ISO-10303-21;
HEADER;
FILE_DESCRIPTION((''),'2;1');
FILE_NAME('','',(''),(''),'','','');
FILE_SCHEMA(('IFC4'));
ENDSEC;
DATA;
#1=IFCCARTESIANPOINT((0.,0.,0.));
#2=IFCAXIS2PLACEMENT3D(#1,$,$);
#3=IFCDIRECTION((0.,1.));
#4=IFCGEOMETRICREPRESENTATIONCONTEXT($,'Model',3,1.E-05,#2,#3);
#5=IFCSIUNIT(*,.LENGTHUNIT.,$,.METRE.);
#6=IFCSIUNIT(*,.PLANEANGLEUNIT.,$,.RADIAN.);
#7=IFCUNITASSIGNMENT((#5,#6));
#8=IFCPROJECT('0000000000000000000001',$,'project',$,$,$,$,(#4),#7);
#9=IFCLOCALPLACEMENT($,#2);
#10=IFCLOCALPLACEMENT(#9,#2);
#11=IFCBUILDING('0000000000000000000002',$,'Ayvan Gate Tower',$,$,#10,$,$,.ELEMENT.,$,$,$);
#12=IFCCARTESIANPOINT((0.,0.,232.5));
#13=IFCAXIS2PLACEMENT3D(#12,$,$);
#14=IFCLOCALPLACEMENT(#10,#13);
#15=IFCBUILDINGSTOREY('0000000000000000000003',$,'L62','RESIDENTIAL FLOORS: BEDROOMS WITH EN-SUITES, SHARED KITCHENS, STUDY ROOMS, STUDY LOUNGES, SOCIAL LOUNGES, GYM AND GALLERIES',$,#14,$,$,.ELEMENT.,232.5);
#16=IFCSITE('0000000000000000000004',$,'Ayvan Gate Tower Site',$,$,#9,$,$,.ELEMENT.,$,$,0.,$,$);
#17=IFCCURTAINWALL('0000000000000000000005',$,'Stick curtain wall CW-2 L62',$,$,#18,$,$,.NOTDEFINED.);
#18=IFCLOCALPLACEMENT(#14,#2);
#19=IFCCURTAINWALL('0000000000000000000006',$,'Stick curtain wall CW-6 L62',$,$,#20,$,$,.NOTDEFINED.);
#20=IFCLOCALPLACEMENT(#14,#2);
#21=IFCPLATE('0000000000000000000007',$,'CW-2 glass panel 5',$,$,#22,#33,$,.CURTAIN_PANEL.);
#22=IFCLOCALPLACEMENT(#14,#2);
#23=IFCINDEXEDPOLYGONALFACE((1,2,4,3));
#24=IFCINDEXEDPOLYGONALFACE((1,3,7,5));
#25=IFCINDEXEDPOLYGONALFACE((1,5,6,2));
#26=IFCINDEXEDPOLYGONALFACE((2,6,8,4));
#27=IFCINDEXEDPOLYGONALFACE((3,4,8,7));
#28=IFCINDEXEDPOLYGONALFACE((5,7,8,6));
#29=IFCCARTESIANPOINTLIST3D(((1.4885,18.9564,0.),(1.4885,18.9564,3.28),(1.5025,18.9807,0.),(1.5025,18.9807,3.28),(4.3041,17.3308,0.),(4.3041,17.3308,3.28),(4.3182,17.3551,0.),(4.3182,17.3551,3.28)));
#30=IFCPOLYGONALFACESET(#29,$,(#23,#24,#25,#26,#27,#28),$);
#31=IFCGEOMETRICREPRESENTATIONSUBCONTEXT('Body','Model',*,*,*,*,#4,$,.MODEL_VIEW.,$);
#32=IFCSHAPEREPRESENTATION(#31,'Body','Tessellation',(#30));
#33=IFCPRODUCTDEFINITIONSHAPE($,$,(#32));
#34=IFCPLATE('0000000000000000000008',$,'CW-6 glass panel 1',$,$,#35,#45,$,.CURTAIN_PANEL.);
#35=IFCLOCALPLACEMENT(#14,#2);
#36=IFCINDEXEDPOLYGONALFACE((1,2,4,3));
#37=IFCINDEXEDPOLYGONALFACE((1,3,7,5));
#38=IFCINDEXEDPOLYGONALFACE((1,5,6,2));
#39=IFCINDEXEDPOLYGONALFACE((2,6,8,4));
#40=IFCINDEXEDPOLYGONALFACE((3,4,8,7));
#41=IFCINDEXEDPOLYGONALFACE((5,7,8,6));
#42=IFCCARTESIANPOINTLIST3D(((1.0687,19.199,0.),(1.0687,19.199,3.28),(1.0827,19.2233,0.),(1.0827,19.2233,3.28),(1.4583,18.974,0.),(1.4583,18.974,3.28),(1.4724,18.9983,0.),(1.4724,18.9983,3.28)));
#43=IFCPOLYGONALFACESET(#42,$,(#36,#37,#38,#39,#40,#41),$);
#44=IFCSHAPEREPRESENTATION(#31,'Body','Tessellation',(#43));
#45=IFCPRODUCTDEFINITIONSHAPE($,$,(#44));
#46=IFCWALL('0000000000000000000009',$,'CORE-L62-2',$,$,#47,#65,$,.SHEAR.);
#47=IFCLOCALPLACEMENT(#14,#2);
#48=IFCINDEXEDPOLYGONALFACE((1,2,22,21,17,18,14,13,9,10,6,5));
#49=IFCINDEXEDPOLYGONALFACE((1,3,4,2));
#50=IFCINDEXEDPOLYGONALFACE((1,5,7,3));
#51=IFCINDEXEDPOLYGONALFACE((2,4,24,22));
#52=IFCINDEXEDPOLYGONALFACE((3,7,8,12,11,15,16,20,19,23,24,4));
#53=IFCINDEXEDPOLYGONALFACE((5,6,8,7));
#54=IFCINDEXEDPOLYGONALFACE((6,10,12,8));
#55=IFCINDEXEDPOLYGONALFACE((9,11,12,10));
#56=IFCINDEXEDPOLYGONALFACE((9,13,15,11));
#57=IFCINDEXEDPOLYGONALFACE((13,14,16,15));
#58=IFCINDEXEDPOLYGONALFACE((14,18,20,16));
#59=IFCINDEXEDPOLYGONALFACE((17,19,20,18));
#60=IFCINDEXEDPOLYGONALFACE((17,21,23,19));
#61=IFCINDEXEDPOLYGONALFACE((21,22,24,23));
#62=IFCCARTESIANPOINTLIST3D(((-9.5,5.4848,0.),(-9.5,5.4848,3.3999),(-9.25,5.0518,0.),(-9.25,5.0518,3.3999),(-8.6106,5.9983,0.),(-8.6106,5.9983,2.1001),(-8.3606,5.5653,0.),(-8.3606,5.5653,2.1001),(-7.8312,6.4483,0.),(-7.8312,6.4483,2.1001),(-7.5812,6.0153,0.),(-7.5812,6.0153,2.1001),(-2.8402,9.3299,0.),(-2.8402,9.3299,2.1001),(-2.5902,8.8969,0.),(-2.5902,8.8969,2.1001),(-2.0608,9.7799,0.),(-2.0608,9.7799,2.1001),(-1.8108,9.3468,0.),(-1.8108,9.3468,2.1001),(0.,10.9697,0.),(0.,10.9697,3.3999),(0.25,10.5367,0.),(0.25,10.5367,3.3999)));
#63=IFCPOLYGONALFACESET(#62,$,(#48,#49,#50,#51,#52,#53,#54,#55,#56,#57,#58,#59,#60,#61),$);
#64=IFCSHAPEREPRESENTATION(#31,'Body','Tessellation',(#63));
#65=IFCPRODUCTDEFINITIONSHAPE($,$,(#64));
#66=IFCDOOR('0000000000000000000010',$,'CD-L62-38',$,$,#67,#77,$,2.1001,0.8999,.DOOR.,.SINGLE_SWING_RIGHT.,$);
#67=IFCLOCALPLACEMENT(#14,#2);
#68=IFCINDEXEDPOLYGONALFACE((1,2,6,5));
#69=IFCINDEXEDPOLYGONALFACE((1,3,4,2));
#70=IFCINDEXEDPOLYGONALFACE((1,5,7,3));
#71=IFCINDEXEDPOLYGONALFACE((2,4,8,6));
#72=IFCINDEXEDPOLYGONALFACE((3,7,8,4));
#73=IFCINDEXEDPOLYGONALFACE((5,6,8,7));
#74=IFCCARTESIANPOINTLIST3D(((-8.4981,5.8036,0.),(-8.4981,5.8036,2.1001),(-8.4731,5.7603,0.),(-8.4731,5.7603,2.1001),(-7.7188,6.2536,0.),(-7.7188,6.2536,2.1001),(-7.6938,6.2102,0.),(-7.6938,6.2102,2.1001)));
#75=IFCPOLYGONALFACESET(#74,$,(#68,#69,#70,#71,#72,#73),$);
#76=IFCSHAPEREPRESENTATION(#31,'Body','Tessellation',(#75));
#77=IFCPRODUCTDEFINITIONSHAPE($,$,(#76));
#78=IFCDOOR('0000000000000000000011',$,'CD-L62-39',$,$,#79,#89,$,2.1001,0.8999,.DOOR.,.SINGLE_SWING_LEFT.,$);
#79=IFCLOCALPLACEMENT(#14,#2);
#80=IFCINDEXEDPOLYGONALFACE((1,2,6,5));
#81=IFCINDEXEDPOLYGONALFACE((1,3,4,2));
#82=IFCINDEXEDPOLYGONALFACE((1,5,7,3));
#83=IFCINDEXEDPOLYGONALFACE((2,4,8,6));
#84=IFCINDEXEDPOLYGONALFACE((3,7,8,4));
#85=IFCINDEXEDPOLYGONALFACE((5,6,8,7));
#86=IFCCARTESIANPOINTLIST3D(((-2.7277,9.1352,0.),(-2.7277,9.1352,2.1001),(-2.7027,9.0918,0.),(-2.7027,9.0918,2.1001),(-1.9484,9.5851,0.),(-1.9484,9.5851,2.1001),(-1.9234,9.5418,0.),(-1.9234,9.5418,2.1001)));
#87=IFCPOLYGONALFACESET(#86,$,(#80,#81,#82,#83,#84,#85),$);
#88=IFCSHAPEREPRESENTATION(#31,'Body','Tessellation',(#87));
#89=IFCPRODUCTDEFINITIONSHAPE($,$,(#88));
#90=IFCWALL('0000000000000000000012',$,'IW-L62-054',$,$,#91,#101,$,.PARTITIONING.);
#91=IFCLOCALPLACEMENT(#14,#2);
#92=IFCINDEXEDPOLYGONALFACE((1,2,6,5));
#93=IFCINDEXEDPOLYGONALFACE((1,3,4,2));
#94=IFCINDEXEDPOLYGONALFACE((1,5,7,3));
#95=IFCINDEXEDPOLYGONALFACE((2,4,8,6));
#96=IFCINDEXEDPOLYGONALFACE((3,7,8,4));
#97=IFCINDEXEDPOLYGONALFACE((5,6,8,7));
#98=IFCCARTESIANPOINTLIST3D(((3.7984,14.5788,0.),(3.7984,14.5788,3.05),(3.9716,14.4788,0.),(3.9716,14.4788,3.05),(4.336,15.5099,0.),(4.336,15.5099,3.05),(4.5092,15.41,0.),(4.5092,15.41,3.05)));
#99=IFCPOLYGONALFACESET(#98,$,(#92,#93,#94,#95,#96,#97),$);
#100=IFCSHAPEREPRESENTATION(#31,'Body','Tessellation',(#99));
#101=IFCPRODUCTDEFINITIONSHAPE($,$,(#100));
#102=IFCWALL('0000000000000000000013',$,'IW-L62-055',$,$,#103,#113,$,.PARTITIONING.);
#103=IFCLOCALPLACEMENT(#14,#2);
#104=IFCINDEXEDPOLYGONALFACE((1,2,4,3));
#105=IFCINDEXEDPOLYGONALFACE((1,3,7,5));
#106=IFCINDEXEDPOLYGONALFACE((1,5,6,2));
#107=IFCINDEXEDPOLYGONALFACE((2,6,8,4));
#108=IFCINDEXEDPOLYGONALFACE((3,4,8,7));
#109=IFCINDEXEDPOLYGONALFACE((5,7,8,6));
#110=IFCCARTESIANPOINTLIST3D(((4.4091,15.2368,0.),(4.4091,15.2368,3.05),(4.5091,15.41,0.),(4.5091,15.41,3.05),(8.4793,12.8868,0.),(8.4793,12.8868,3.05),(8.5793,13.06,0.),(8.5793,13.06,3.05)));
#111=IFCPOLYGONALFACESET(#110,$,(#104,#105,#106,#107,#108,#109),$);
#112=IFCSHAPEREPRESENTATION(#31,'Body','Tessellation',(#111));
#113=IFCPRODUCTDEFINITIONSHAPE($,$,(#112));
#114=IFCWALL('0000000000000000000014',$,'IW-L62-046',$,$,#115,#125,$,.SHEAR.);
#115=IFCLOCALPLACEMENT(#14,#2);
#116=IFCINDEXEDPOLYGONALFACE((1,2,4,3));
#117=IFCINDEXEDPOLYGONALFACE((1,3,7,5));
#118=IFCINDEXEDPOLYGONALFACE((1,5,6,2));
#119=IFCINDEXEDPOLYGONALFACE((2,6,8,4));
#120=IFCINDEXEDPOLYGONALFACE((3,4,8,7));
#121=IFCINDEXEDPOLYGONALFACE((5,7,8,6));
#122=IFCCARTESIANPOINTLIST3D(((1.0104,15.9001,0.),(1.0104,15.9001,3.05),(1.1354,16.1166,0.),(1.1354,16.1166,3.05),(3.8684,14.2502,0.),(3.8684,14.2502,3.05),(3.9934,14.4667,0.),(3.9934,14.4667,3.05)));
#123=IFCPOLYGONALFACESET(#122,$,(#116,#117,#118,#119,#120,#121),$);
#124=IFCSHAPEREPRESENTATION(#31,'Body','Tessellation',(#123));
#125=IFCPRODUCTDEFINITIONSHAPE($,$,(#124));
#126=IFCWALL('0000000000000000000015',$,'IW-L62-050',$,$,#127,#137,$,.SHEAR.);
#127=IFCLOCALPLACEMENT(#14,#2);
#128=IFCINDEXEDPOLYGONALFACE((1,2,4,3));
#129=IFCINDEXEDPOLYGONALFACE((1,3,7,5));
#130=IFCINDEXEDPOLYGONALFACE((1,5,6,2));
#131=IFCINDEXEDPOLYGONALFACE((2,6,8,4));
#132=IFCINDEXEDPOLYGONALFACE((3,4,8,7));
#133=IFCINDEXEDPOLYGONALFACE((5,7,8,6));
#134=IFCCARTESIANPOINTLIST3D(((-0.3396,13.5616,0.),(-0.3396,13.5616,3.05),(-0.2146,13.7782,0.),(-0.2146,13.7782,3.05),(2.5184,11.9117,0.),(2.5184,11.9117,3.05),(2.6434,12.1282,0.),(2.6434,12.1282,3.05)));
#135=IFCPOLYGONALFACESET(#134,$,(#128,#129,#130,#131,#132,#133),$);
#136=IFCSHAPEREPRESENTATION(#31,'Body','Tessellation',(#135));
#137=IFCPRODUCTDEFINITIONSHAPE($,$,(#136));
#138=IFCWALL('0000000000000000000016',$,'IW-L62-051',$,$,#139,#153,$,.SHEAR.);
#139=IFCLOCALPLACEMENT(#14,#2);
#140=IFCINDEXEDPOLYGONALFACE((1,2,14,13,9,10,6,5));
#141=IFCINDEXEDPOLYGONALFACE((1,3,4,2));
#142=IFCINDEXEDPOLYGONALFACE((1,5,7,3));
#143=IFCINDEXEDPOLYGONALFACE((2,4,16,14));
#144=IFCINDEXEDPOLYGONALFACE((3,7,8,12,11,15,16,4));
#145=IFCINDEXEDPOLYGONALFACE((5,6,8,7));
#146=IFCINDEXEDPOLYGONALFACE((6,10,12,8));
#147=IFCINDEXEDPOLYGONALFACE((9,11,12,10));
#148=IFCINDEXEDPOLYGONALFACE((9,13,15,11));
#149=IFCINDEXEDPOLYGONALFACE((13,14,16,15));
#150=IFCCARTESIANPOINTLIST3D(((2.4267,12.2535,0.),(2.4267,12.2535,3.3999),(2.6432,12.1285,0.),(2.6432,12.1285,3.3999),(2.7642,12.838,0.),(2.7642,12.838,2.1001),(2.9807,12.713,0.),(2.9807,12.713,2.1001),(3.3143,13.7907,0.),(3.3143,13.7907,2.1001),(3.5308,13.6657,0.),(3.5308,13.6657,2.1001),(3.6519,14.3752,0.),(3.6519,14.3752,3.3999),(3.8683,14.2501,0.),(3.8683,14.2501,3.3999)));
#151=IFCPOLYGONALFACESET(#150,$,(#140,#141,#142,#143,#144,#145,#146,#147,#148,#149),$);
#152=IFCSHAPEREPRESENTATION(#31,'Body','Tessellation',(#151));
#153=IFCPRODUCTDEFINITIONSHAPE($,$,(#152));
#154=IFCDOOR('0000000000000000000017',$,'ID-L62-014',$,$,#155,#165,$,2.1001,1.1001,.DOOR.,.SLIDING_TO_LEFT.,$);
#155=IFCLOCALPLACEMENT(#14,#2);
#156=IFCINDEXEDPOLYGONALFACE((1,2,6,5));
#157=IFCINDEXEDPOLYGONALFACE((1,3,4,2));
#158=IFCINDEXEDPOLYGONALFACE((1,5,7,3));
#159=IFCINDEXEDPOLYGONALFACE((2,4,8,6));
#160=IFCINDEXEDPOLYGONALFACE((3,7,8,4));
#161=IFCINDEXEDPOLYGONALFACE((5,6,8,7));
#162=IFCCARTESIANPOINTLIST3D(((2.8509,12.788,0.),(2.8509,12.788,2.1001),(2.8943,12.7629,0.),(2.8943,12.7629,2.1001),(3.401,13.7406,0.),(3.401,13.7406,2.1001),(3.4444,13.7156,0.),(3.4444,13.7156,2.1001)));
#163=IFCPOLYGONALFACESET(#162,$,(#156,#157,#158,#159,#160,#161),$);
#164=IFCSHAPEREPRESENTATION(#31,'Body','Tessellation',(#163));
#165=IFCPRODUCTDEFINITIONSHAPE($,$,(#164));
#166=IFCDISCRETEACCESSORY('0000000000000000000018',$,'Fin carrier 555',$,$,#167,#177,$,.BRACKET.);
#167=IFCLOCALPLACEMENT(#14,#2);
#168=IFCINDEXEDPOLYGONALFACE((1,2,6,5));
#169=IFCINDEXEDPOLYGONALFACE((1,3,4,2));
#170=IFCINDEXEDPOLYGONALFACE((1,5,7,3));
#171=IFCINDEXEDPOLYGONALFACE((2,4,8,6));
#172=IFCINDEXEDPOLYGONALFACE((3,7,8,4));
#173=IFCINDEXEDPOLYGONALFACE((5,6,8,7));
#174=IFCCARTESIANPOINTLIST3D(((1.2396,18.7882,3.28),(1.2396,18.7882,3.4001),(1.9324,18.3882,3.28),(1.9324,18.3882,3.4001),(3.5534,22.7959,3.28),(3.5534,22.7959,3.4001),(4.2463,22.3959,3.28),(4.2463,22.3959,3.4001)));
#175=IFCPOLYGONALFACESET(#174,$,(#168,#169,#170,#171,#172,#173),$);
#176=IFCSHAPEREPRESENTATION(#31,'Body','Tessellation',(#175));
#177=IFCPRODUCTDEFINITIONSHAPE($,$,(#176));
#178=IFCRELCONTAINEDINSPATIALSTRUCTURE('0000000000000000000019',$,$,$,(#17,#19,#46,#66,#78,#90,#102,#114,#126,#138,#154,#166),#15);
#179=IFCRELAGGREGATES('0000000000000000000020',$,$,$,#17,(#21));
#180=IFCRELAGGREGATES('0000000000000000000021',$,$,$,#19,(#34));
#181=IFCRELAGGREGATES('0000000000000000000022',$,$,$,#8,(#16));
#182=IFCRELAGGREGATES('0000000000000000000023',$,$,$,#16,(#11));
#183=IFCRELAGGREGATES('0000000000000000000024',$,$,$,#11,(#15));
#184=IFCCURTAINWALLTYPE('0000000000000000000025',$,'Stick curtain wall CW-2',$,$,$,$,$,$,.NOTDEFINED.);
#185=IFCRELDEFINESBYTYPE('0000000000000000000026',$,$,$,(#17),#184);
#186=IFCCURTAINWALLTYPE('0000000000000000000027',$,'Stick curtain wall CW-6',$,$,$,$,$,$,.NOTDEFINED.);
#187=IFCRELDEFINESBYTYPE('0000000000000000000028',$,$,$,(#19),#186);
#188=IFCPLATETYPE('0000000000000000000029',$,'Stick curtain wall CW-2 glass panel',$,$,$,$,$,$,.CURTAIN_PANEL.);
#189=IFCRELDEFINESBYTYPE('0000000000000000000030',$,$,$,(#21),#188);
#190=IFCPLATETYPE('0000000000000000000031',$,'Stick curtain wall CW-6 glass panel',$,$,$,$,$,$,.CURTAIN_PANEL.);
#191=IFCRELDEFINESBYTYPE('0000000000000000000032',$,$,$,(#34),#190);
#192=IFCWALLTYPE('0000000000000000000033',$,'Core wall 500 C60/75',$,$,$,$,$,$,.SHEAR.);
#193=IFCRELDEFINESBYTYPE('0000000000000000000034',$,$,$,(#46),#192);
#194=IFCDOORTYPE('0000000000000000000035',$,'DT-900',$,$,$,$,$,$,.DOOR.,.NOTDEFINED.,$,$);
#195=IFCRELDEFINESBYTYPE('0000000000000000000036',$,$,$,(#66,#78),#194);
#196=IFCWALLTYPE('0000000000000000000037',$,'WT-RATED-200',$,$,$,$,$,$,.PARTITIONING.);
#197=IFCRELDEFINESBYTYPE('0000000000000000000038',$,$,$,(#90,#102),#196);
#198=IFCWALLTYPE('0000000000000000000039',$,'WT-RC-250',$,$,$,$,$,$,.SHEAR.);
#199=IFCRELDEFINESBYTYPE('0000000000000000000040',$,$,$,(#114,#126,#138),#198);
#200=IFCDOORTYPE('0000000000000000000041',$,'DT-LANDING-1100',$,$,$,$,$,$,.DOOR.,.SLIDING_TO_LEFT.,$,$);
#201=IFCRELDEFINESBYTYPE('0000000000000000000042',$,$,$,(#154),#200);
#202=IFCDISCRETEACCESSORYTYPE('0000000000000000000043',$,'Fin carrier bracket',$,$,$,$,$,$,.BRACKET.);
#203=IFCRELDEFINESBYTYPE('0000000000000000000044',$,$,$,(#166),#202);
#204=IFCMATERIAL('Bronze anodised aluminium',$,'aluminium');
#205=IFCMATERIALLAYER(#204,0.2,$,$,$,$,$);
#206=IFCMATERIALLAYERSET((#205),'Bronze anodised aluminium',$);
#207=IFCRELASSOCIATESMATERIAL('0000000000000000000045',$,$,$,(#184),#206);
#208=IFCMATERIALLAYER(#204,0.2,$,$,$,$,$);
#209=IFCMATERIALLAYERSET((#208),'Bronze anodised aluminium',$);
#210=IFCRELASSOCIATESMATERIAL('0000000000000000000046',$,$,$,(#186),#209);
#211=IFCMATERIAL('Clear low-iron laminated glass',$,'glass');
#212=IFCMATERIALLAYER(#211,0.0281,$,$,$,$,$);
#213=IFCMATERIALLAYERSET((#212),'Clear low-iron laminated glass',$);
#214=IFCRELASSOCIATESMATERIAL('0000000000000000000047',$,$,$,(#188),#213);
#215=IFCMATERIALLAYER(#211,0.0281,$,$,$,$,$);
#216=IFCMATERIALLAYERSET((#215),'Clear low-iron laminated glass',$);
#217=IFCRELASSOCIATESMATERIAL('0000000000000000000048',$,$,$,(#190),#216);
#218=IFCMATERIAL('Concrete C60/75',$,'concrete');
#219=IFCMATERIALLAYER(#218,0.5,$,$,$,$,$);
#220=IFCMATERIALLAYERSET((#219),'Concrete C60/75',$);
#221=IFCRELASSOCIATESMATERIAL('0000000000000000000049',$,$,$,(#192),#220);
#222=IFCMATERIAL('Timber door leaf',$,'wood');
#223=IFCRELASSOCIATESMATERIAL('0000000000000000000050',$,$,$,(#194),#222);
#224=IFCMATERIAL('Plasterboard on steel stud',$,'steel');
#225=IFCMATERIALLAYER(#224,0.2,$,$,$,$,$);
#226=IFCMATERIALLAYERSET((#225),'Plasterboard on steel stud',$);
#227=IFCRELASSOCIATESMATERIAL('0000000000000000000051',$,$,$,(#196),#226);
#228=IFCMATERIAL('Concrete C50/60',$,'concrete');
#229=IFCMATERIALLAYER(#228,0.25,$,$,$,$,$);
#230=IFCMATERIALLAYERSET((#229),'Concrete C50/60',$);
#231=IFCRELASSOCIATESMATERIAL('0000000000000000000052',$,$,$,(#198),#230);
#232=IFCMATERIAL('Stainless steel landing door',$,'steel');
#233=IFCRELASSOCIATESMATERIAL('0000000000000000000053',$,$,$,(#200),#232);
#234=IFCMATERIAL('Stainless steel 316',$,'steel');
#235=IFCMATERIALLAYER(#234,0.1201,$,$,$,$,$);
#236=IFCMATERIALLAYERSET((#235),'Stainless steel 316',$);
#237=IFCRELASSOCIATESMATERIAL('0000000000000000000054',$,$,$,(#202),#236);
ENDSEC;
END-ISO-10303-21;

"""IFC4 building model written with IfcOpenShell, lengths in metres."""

from ifc_helpers import new_model, si_unit, direction, frame, frame_2d, origin, origin_2d, place, context, subcontext, project, spatial, rectangle, extrude, material, layer, layer_set, type_object, element, fill, aggregate, save


model = new_model("IFC4")

# Units and contexts
model_context = context("Model", 3, precision=1e-05, world=origin(), true_north=direction((0.0, 1.0)))
body_context = subcontext(model_context, "Body", "Model", "MODEL_VIEW")
ifc_project = project(units=[si_unit("LENGTHUNIT", "METRE"), si_unit("PLANEANGLEUNIT", "RADIAN")], contexts=[model_context])

# Site, building, storey
site_placement = place(None, origin())
site = spatial("IfcSite", under=ifc_project, at=site_placement, Name="Ayvan Gate Tower Site", CompositionType="ELEMENT", RefElevation=0.0)
building_placement = place(site_placement, origin())
building = spatial("IfcBuilding", under=site, at=building_placement, Name="Ayvan Gate Tower", CompositionType="ELEMENT")
storey_placement = place(building_placement, frame((0.0, 0.0, 232.5)))
storey = spatial("IfcBuildingStorey", under=building, at=storey_placement, Name="L62", Description="RESIDENTIAL FLOORS: BEDROOMS WITH EN-SUITES, SHARED KITCHENS, STUDY ROOMS, STUDY LOUNGES, SOCIAL LOUNGES, GYM AND GALLERIES", CompositionType="ELEMENT", Elevation=232.5)

# Shared definitions
ifc_material_1 = material(Name="Concrete C50/60", Category="concrete")

# Curtain walls
ifc_material_2 = material(Name="Bronze anodised aluminium", Category="aluminium")
ifc_layer_1 = layer(ifc_material_2, 0.2)
ifc_layer_set_1 = layer_set([ifc_layer_1], Name="Bronze anodised aluminium")
curtain_wall_type_1 = type_object("IfcCurtainWallType", Name="Stick curtain wall CW-2", PredefinedType="NOTDEFINED", material=ifc_layer_set_1)
curtain_wall_1_placement = place(storey_placement, origin())
curtain_wall_1 = element("IfcCurtainWall", 1, at=curtain_wall_1_placement, inside=storey, type_object=curtain_wall_type_1, Name="Stick curtain wall CW-2 L62", PredefinedType="NOTDEFINED")
ifc_layer_2 = layer(ifc_material_2, 0.2)
ifc_layer_set_2 = layer_set([ifc_layer_2], Name="Bronze anodised aluminium")
curtain_wall_type_2 = type_object("IfcCurtainWallType", Name="Stick curtain wall CW-6", PredefinedType="NOTDEFINED", material=ifc_layer_set_2)
curtain_wall_2_placement = place(storey_placement, origin())
curtain_wall_2 = element("IfcCurtainWall", 2, at=curtain_wall_2_placement, inside=storey, type_object=curtain_wall_type_2, Name="Stick curtain wall CW-6 L62", PredefinedType="NOTDEFINED")

# Plates
ifc_material_3 = material(Name="Clear low-iron laminated glass", Category="glass")
ifc_layer_3 = layer(ifc_material_3, 0.0281)
ifc_layer_set_3 = layer_set([ifc_layer_3], Name="Clear low-iron laminated glass")
plate_type_1 = type_object("IfcPlateType", Name="Stick curtain wall CW-2 glass panel", PredefinedType="CURTAIN_PANEL", material=ifc_layer_set_3)
plate_1_placement = place(storey_placement, frame((2.9033, 18.1558, 0.0), z_axis=(0.0, 0.0, 1.0), x_axis=(-0.866025, 0.5, 0.0)))
plate_1 = element("IfcPlate", 3, at=plate_1_placement, type_object=plate_type_1, Name="CW-2 glass panel 5", PredefinedType="CURTAIN_PANEL", context=body_context, shape_type="SweptSolid", body=[
    extrude(rectangle(XDim=3.2512, YDim=0.0281, at=origin_2d()), origin(), (0.0, 0.0, 1.0), 3.28),
])
aggregate(curtain_wall_1, [plate_1])
ifc_layer_4 = layer(ifc_material_3, 0.0281)
ifc_layer_set_4 = layer_set([ifc_layer_4], Name="Clear low-iron laminated glass")
plate_type_2 = type_object("IfcPlateType", Name="Stick curtain wall CW-6 glass panel", PredefinedType="CURTAIN_PANEL", material=ifc_layer_set_4)
plate_2_placement = place(storey_placement, frame((1.2705, 19.0986, 0.0), z_axis=(0.0, 0.0, 1.0), x_axis=(-0.866025, 0.5, 0.0)))
plate_2 = element("IfcPlate", 4, at=plate_2_placement, type_object=plate_type_2, Name="CW-6 glass panel 1", PredefinedType="CURTAIN_PANEL", context=body_context, shape_type="SweptSolid", body=[
    extrude(rectangle(XDim=0.45, YDim=0.0281, at=origin_2d()), origin(), (0.0, 0.0, 1.0), 3.28),
])
aggregate(curtain_wall_2, [plate_2])

# Wall, openings, doors
ifc_material_4 = material(Name="Concrete C60/75", Category="concrete")
ifc_layer_5 = layer(ifc_material_4, 0.5)
ifc_layer_set_5 = layer_set([ifc_layer_5], Name="Concrete C60/75")
wall_type_1 = type_object("IfcWallType", Name="Core wall 500 C60/75", PredefinedType="SHEAR", material=ifc_layer_set_5)
wall_1_placement = place(storey_placement, frame((0.125, 10.7532, 0.0), z_axis=(0.0, 0.0, 1.0), x_axis=(-0.866024, -0.500002, 0.0)))
wall_1 = element("IfcWall", 5, at=wall_1_placement, inside=storey, type_object=wall_type_1, Name="CORE-L62-2", PredefinedType="SHEAR", context=body_context, shape_type="SweptSolid", body=[
    extrude(rectangle(XDim=10.9697, YDim=0.5, at=frame_2d((5.4849, 0.0))), origin(), (0.0, 0.0, 1.0), 3.3999),
])
opening_1_placement = place(wall_1_placement, frame((9.0427, 0.0, 0.0)))
opening_1 = element("IfcOpeningElement", 6, at=opening_1_placement, cuts=wall_1, PredefinedType="OPENING", context=body_context, shape_type="SweptSolid", body=[
    extrude(rectangle(XDim=0.8999, YDim=2.1001, at=frame_2d((0.45, 1.05))), frame((0.0, 0.26, 0.0), z_axis=(0.0, -1.0, 0.0), x_axis=(1.0, 0.0, 0.0)), (0.0, 0.0, 1.0), 0.52),
])
opening_2_placement = place(wall_1_placement, frame((2.3796, 0.0, 0.0)))
opening_2 = element("IfcOpeningElement", 7, at=opening_2_placement, cuts=wall_1, PredefinedType="OPENING", context=body_context, shape_type="SweptSolid", body=[
    extrude(rectangle(XDim=0.8999, YDim=2.1001, at=frame_2d((0.45, 1.05))), frame((0.0, 0.26, 0.0), z_axis=(0.0, -1.0, 0.0), x_axis=(1.0, 0.0, 0.0)), (0.0, 0.0, 1.0), 0.52),
])
ifc_material_5 = material(Name="Timber door leaf", Category="wood")
door_type_1 = type_object("IfcDoorType", Name="DT-900", OperationType="NOTDEFINED", PredefinedType="DOOR", material=ifc_material_5)
door_1_placement = place(opening_1_placement, origin())
door_1 = element("IfcDoor", 8, at=door_1_placement, inside=storey, type_object=door_type_1, Name="CD-L62-38", OperationType="SINGLE_SWING_RIGHT", OverallHeight=2.1001, OverallWidth=0.8999, PredefinedType="DOOR", context=body_context, shape_type="SweptSolid", body=[
    extrude(rectangle(XDim=0.8999, YDim=2.1001, at=frame_2d((0.45, 1.05))), frame((0.0, 0.0249, 0.0), z_axis=(0.0, -1.0, 0.0), x_axis=(1.0, 0.0, 0.0)), (0.0, 0.0, 1.0), 0.05),
])
fill(opening_1, door_1)
door_2_placement = place(opening_2_placement, origin())
door_2 = element("IfcDoor", 9, at=door_2_placement, inside=storey, type_object=door_type_1, Name="CD-L62-39", OperationType="SINGLE_SWING_LEFT", OverallHeight=2.1001, OverallWidth=0.8999, PredefinedType="DOOR", context=body_context, shape_type="SweptSolid", body=[
    extrude(rectangle(XDim=0.8999, YDim=2.1001, at=frame_2d((0.45, 1.05))), frame((0.0, 0.0249, 0.0), z_axis=(0.0, -1.0, 0.0), x_axis=(1.0, 0.0, 0.0)), (0.0, 0.0, 1.0), 0.05),
])
fill(opening_2, door_2)

# Walls
ifc_material_6 = material(Name="Plasterboard on steel stud", Category="steel")
ifc_layer_6 = layer(ifc_material_6, 0.2)
ifc_layer_set_6 = layer_set([ifc_layer_6], Name="Plasterboard on steel stud")
wall_type_2 = type_object("IfcWallType", Name="WT-RATED-200", PredefinedType="PARTITIONING", material=ifc_layer_set_6)
wall_2_placement = place(storey_placement, frame((3.885, 14.5288, 0.0), z_axis=(0.0, 0.0, 1.0), x_axis=(0.499998, 0.866027, 0.0)))
element("IfcWall", 10, at=wall_2_placement, inside=storey, type_object=wall_type_2, Name="IW-L62-054", PredefinedType="PARTITIONING", context=body_context, shape_type="SweptSolid", body=[
    extrude(rectangle(XDim=1.0752, YDim=0.2, at=frame_2d((0.5376, 0.0))), origin(), (0.0, 0.0, 1.0), 3.05),
])
wall_3_placement = place(storey_placement, frame((4.459, 15.3235, 0.0), z_axis=(0.0, 0.0, 1.0), x_axis=(0.866016, -0.500016, 0.0)))
element("IfcWall", 11, at=wall_3_placement, inside=storey, type_object=wall_type_2, Name="IW-L62-055", PredefinedType="PARTITIONING", context=body_context, shape_type="SweptSolid", body=[
    extrude(rectangle(XDim=4.7, YDim=0.2, at=frame_2d((2.3501, 0.0))), origin(), (0.0, 0.0, 1.0), 3.05),
])
ifc_layer_7 = layer(ifc_material_1, 0.25)
ifc_layer_set_7 = layer_set([ifc_layer_7], Name="Concrete C50/60")
wall_type_3 = type_object("IfcWallType", Name="WT-RC-250", PredefinedType="SHEAR", material=ifc_layer_set_7)
for number, where, z_axis, x_axis, name in (
    (12, (1.073, 16.0083, 0.0), (0.0, 0.0, 1.0), (0.86604, -0.499974, 0.0), "IW-L62-046"),
    (13, (2.5808, 12.02, 0.0), (0.0, 0.0, 1.0), (-0.86604, 0.499974, 0.0), "IW-L62-050"),
):
    element("IfcWall", number, at=place(storey_placement, frame(where, z_axis=z_axis, x_axis=x_axis)), inside=storey, type_object=wall_type_3, Name=name, PredefinedType="SHEAR", context=body_context, shape_type="SweptSolid", body=[
        extrude(rectangle(XDim=3.3, YDim=0.25, at=frame_2d((1.6499, 0.0))), origin(), (0.0, 0.0, 1.0), 3.05),
    ])

# Wall, opening, door
wall_4_placement = place(storey_placement, frame((2.5349, 12.1909, 0.0), z_axis=(0.0, 0.0, 1.0), x_axis=(0.500062, 0.86599, 0.0)))
wall_4 = element("IfcWall", 14, at=wall_4_placement, inside=storey, type_object=wall_type_3, Name="IW-L62-051", PredefinedType="SHEAR", context=body_context, shape_type="SweptSolid", body=[
    extrude(rectangle(XDim=2.45, YDim=0.25, at=frame_2d((1.2251, 0.0))), origin(), (0.0, 0.0, 1.0), 3.3999),
])
opening_3_placement = place(wall_4_placement, frame((0.675, 0.0, 0.0)))
opening_3 = element("IfcOpeningElement", 15, at=opening_3_placement, cuts=wall_4, PredefinedType="OPENING", context=body_context, shape_type="SweptSolid", body=[
    extrude(rectangle(XDim=1.1001, YDim=2.1001, at=frame_2d((0.55, 1.05))), frame((0.0, 0.135, 0.0), z_axis=(0.0, -1.0, 0.0), x_axis=(1.0, 0.0, 0.0)), (0.0, 0.0, 1.0), 0.27),
])
ifc_material_7 = material(Name="Stainless steel landing door", Category="steel")
door_type_2 = type_object("IfcDoorType", Name="DT-LANDING-1100", OperationType="SLIDING_TO_LEFT", PredefinedType="DOOR", material=ifc_material_7)
door_3_placement = place(opening_3_placement, origin())
door_3 = element("IfcDoor", 16, at=door_3_placement, inside=storey, type_object=door_type_2, Name="ID-L62-014", OperationType="SLIDING_TO_LEFT", OverallHeight=2.1001, OverallWidth=1.1001, PredefinedType="DOOR", context=body_context, shape_type="SweptSolid", body=[
    extrude(rectangle(XDim=1.1001, YDim=2.1001, at=frame_2d((0.55, 1.05))), frame((0.0, 0.0249, 0.0), z_axis=(0.0, -1.0, 0.0), x_axis=(1.0, 0.0, 0.0)), (0.0, 0.0, 1.0), 0.05),
])
fill(opening_3, door_3)

# Discrete accessory
ifc_material_8 = material(Name="Stainless steel 316", Category="steel")
ifc_layer_8 = layer(ifc_material_8, 0.1201)
ifc_layer_set_8 = layer_set([ifc_layer_8], Name="Stainless steel 316")
discrete_accessory_type = type_object("IfcDiscreteAccessoryType", Name="Fin carrier bracket", PredefinedType="BRACKET", material=ifc_layer_set_8)
discrete_accessory_1_placement = place(storey_placement, frame((2.7429, 20.592, 3.28), z_axis=(0.0, 0.0, 1.0), x_axis=(-0.866025, 0.5, 0.0)))
element("IfcDiscreteAccessory", 17, at=discrete_accessory_1_placement, inside=storey, type_object=discrete_accessory_type, Name="Fin carrier 555", PredefinedType="BRACKET", context=body_context, shape_type="SweptSolid", body=[
    extrude(rectangle(XDim=0.8, YDim=4.6277, at=origin_2d()), origin(), (0.0, 0.0, 1.0), 0.1201),
])

save(model, "model.ifc")
